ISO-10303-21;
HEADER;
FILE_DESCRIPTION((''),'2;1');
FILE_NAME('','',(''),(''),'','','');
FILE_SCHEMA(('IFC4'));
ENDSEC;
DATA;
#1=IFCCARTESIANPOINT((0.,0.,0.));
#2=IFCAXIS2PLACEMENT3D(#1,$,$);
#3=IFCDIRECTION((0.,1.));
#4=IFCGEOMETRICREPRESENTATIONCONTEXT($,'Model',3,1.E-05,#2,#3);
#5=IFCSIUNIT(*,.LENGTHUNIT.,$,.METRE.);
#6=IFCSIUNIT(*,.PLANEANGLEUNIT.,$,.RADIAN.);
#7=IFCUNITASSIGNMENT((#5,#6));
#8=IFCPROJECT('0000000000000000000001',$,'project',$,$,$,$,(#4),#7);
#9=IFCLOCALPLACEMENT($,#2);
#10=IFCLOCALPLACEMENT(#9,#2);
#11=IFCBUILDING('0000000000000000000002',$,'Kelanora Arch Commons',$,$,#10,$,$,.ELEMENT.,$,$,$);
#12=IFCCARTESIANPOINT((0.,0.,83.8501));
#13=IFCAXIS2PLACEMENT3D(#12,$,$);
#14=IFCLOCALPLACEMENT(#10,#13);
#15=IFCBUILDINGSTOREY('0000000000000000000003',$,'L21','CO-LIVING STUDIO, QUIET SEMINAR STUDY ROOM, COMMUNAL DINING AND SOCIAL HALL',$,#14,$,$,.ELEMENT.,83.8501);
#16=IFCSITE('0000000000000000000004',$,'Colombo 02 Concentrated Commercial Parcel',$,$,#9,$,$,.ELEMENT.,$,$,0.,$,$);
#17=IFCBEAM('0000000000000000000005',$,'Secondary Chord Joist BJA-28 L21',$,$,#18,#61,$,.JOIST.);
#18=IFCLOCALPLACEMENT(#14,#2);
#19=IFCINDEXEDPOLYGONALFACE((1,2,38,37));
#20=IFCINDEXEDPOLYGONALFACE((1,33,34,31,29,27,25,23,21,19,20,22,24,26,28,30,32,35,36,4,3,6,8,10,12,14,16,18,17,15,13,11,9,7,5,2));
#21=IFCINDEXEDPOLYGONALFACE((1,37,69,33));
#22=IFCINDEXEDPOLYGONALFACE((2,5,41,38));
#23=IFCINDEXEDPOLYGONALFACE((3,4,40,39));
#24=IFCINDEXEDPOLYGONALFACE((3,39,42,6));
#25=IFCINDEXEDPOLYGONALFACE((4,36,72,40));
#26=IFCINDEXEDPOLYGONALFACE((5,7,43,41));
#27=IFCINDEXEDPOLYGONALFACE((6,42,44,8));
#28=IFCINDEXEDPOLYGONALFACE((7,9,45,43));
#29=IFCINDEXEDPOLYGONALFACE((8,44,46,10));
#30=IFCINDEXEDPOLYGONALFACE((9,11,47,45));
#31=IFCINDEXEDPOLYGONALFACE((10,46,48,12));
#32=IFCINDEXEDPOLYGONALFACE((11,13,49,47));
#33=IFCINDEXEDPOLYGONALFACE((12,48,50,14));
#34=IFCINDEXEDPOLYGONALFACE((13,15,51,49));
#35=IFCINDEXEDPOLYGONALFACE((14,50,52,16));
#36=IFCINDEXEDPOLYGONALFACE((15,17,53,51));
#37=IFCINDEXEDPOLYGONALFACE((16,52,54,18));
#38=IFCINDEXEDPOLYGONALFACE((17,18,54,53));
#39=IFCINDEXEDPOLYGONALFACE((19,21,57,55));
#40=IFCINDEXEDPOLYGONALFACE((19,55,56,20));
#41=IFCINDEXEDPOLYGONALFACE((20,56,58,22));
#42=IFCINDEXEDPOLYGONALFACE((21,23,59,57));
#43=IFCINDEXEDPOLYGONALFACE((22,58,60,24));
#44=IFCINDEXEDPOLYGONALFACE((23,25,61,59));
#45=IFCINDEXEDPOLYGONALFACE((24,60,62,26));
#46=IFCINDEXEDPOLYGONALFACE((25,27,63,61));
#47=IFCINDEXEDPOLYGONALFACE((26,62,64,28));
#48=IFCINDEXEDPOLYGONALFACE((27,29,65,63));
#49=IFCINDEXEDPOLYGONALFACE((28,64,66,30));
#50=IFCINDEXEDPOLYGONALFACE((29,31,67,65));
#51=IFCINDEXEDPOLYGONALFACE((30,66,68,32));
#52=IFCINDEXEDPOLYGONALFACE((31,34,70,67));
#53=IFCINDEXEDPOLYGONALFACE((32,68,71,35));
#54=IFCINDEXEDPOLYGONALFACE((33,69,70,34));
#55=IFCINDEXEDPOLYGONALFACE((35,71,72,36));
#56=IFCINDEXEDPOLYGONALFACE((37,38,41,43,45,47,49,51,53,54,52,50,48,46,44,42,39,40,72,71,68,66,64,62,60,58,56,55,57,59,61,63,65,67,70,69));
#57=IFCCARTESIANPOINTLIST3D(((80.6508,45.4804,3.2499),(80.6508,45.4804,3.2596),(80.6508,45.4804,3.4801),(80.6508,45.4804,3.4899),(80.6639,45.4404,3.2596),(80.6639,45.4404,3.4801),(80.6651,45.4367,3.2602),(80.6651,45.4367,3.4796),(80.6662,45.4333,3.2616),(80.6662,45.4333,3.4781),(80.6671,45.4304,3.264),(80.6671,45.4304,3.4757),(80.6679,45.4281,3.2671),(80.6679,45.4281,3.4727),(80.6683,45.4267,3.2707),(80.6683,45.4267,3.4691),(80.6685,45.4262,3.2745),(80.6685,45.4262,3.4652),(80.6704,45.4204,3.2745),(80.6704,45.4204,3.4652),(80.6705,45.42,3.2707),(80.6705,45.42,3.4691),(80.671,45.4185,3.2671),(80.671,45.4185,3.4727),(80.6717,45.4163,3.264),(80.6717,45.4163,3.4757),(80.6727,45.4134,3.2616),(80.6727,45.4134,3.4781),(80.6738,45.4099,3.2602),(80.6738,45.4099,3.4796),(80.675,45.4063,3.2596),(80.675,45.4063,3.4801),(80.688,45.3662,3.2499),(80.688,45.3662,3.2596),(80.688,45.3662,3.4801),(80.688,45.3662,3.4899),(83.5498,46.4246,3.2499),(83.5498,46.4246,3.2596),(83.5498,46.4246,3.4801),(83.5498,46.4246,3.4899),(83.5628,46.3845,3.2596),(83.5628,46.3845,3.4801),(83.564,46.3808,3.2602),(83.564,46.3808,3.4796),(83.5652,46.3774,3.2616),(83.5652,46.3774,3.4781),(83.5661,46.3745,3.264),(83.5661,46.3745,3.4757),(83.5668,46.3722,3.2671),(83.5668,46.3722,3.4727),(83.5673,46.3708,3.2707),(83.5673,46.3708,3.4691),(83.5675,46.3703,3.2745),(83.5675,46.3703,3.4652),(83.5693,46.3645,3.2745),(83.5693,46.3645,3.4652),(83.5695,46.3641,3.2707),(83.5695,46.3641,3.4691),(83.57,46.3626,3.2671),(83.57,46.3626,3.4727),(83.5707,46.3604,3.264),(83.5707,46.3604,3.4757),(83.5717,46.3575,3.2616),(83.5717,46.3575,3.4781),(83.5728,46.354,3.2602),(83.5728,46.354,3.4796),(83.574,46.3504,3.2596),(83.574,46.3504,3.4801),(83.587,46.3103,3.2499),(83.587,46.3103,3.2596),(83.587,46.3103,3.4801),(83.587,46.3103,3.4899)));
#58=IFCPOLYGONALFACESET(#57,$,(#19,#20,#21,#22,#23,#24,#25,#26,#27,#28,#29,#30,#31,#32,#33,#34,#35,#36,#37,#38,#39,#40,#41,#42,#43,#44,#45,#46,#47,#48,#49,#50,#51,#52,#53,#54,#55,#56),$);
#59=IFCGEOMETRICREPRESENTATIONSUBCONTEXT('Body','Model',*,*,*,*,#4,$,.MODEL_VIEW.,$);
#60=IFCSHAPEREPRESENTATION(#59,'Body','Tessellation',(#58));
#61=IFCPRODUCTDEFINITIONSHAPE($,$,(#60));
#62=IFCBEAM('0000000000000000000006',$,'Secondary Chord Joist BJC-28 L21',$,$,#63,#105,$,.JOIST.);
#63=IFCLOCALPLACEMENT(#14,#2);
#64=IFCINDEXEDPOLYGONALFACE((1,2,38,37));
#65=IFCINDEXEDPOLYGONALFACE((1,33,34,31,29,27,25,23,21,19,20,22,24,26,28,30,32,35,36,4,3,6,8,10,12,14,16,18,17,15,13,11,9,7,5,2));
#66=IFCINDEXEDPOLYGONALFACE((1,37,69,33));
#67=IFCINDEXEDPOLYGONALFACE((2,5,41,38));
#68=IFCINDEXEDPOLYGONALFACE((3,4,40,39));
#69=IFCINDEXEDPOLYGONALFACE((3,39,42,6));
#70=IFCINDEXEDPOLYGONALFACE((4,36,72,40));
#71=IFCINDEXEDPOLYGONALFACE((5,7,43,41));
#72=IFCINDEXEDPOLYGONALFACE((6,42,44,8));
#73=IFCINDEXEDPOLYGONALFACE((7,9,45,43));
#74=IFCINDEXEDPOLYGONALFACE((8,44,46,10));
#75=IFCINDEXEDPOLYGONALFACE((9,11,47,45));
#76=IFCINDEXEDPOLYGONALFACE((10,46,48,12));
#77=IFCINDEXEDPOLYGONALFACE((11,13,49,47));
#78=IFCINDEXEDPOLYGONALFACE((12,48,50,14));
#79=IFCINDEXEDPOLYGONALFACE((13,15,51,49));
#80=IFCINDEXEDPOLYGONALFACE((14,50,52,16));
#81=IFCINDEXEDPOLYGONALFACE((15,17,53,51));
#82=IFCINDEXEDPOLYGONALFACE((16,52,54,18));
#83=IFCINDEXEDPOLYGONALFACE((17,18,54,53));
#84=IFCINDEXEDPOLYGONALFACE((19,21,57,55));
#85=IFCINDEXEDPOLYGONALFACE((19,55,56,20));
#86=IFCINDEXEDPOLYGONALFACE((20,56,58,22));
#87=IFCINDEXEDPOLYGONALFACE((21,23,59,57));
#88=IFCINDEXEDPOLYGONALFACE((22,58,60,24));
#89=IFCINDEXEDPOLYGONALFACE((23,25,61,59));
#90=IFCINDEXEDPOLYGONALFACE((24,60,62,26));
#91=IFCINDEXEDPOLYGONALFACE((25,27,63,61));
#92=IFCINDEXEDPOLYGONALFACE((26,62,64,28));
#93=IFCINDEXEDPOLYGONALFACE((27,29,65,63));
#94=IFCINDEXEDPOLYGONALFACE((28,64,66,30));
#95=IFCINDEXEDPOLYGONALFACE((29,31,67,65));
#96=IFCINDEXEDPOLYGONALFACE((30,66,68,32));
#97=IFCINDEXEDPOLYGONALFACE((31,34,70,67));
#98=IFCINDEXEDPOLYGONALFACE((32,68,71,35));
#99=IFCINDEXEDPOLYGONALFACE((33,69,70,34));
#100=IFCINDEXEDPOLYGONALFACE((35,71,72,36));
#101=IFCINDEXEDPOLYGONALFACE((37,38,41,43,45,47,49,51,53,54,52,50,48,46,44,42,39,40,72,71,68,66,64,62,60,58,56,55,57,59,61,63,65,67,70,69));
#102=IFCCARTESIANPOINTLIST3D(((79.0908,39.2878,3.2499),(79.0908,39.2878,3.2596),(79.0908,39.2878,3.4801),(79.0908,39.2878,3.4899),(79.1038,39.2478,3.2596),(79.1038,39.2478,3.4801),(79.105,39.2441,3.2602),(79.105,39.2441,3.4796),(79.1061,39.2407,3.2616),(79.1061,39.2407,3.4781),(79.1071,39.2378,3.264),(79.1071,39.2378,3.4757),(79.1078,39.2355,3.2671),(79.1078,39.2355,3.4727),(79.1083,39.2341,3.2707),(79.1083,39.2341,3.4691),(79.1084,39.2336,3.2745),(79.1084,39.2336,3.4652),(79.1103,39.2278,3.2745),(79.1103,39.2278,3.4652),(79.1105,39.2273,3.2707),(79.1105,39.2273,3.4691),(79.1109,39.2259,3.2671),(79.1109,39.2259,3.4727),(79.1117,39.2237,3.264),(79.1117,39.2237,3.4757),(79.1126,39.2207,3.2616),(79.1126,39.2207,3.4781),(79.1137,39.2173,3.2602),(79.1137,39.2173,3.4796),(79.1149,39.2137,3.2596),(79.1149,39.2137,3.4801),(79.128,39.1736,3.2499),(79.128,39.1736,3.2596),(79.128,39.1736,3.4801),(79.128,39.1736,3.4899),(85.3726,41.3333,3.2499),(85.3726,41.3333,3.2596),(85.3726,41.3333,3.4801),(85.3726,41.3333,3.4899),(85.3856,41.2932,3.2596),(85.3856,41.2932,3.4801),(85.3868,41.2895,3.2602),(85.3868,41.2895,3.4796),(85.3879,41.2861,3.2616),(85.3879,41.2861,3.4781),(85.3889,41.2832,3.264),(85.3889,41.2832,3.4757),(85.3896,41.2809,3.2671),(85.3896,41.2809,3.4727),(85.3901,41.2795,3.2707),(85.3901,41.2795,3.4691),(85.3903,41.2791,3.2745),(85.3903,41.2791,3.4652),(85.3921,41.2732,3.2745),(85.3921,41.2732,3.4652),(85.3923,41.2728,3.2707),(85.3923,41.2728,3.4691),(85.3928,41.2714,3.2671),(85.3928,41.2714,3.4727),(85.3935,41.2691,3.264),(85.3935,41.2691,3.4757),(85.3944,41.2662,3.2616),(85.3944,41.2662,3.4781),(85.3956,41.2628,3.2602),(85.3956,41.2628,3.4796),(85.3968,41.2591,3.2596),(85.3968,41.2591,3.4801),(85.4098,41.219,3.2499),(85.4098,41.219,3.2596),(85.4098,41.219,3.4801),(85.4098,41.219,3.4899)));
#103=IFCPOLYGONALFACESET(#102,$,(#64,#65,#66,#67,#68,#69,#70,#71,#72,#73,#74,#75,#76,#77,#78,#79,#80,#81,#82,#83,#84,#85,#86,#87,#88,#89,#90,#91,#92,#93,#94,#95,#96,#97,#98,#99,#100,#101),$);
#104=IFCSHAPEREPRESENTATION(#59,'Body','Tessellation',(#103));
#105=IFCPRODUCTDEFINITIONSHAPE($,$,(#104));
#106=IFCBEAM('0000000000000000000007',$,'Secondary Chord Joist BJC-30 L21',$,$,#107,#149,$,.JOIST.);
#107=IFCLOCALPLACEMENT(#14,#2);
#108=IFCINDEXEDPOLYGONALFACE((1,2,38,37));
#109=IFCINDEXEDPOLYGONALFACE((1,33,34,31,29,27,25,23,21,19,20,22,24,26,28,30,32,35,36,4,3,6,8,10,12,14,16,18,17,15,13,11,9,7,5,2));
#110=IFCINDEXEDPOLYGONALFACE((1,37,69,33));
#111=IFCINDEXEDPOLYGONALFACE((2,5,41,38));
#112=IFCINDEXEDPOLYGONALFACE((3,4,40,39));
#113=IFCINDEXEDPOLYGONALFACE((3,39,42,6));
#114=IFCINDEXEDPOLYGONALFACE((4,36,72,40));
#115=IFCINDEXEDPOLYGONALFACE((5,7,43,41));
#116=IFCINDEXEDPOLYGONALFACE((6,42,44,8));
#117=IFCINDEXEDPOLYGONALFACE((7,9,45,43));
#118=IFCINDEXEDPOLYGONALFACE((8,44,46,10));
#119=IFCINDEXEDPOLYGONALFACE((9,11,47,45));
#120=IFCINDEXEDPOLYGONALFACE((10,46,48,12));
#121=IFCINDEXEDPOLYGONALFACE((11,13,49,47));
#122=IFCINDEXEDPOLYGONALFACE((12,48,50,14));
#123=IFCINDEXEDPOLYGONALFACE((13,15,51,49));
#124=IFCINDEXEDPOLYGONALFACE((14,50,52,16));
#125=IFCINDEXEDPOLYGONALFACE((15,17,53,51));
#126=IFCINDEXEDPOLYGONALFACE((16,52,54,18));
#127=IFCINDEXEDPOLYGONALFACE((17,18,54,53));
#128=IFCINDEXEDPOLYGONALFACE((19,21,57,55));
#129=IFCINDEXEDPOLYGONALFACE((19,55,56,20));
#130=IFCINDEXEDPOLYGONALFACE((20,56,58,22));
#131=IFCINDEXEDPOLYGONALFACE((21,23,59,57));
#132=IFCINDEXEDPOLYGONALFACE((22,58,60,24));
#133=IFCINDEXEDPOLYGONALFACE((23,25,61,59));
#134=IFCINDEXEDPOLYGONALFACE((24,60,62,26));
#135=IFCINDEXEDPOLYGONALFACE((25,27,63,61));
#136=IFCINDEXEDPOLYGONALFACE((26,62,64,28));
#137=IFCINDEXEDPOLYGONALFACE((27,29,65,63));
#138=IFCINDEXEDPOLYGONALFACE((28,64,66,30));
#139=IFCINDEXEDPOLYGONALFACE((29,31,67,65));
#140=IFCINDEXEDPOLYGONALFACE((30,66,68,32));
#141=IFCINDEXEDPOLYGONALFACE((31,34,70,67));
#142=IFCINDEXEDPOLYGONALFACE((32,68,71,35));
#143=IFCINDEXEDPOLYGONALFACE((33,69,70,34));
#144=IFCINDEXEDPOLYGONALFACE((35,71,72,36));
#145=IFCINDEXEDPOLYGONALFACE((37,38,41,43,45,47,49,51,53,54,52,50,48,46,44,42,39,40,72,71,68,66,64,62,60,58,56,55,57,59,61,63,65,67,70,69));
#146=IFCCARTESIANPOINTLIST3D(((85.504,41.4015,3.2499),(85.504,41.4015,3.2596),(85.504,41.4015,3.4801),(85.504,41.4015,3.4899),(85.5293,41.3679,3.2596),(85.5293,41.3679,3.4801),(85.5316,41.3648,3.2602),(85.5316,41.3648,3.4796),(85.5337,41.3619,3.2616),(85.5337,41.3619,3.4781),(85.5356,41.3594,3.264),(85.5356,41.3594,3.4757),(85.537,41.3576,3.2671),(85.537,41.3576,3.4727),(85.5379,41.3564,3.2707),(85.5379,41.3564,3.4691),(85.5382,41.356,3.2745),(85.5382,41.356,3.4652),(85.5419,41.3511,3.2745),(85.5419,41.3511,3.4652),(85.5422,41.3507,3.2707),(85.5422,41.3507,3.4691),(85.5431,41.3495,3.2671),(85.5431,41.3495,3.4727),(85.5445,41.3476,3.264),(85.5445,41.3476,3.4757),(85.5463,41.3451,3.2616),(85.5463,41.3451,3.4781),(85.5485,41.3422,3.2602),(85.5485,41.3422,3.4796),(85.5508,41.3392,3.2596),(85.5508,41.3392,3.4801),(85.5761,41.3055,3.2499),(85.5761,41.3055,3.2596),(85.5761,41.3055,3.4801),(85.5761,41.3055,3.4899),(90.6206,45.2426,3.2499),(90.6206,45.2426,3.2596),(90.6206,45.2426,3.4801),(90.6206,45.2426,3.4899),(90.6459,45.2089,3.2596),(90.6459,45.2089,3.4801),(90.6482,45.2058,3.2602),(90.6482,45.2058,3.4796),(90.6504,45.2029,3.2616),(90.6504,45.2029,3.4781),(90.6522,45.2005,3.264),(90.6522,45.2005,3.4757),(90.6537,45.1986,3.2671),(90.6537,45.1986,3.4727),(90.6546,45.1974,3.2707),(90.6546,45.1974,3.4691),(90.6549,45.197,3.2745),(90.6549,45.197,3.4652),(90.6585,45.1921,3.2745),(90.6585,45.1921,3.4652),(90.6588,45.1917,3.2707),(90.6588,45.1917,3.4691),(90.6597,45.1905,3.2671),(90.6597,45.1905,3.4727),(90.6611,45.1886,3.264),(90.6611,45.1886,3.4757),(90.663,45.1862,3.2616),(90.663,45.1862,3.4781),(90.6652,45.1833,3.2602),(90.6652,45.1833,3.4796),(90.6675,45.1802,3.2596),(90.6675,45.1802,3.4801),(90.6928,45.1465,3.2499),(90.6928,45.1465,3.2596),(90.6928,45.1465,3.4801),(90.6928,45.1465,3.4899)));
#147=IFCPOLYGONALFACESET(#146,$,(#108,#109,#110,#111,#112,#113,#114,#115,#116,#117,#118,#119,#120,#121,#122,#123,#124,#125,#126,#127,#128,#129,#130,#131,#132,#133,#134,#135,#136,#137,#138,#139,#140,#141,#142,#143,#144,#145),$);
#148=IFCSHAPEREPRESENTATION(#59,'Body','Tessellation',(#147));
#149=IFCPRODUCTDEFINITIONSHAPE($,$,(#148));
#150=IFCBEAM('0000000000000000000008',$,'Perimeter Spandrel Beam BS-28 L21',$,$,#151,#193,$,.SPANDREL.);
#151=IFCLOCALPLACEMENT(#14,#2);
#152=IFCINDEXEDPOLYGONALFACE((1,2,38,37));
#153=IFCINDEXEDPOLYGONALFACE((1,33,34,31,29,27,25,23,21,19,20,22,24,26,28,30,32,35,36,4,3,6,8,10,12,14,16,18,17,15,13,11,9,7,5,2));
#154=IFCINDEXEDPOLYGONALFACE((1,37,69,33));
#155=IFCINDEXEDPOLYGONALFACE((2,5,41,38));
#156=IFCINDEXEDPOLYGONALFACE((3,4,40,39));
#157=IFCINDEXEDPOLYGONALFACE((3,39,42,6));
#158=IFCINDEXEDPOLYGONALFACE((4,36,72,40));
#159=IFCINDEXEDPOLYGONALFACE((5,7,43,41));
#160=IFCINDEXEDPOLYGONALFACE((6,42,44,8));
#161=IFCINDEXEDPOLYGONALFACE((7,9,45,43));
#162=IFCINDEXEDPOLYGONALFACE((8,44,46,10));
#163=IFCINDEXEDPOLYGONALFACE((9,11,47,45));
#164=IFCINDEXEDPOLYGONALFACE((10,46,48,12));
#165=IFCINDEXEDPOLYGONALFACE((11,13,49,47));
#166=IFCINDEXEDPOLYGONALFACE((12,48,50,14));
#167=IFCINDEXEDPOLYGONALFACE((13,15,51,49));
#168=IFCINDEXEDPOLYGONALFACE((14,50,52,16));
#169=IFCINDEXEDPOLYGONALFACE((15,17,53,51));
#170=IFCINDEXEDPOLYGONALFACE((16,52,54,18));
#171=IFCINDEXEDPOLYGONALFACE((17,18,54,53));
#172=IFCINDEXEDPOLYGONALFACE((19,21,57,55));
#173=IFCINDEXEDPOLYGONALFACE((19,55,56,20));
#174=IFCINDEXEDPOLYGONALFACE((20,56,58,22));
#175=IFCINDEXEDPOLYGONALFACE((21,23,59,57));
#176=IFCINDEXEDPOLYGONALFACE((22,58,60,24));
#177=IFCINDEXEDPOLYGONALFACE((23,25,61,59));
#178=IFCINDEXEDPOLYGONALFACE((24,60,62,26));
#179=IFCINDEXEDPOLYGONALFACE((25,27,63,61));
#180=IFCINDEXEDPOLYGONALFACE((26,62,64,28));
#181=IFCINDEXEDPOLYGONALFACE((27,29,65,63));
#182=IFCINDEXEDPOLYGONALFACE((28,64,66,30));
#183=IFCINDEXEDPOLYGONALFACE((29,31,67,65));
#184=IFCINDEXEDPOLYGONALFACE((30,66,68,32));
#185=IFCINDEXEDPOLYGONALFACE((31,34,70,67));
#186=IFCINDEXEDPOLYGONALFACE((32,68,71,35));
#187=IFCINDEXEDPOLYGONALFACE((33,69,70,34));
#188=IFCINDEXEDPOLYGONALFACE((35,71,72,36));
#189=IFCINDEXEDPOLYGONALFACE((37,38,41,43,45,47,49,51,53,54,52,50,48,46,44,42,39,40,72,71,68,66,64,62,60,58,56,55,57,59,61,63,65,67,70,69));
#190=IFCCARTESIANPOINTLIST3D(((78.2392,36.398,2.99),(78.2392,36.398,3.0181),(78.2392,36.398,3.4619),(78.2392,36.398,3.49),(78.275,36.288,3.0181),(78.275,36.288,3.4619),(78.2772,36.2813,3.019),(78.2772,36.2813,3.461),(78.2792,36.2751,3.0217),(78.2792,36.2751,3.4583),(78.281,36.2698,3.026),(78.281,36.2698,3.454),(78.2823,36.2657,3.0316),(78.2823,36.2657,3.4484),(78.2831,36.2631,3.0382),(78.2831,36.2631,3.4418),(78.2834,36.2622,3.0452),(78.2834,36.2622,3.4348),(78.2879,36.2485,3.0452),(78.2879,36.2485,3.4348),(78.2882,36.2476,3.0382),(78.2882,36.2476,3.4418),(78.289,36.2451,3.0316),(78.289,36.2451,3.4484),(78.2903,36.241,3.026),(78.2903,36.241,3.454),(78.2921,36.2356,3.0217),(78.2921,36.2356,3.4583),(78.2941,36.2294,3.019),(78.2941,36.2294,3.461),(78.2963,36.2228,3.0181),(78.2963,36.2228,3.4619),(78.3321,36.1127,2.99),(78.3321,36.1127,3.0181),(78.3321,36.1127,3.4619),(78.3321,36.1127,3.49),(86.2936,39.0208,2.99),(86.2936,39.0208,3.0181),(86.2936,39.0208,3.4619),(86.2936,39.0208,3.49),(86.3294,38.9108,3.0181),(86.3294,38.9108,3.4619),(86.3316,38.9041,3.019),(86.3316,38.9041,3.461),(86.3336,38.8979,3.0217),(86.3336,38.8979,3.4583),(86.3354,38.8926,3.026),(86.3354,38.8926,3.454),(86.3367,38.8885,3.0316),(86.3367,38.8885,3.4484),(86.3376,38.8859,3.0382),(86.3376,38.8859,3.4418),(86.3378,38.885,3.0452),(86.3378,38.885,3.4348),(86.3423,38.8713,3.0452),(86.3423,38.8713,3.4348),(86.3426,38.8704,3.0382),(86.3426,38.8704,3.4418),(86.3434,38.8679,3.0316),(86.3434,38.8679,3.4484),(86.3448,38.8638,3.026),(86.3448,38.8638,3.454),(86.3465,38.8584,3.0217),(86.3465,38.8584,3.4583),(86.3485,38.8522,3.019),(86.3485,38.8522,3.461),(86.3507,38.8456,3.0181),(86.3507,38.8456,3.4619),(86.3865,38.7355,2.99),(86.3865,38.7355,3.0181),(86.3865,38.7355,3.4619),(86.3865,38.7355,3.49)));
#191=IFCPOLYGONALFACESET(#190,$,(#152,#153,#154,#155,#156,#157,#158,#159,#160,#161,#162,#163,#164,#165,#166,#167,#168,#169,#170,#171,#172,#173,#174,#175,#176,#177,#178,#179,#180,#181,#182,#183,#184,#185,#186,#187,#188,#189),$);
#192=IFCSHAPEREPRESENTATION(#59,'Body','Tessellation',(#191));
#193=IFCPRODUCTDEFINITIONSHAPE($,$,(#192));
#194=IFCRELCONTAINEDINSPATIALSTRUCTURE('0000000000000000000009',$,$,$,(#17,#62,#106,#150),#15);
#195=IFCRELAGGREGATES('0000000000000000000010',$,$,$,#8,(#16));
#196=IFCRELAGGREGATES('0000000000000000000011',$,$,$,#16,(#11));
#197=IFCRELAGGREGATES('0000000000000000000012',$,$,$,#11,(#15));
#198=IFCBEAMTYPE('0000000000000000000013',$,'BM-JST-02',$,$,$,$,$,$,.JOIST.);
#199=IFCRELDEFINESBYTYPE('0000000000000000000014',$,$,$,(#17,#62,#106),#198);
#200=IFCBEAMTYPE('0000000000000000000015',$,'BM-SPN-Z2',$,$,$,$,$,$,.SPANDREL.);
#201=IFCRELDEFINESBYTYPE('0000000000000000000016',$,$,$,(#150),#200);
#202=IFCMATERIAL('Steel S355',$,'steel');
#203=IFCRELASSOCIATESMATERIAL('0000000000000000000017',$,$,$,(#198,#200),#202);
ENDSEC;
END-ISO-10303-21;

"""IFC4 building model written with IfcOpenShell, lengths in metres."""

from ifc_helpers import new_model, si_unit, direction, frame, origin, origin_2d, place, context, subcontext, project, spatial, i_section, extrude, material, material_profile, profile_set, type_object, element, save


model = new_model("IFC4")

# Units and contexts
model_context = context("Model", 3, precision=1e-05, world=origin(), true_north=direction((0.0, 1.0)))
body_context = subcontext(model_context, "Body", "Model", "MODEL_VIEW")
ifc_project = project(units=[si_unit("LENGTHUNIT", "METRE"), si_unit("PLANEANGLEUNIT", "RADIAN")], contexts=[model_context])

# Site, building, storey
site_placement = place(None, origin())
site = spatial("IfcSite", under=ifc_project, at=site_placement, Name="Colombo 02 Concentrated Commercial Parcel", CompositionType="ELEMENT", RefElevation=0.0)
building_placement = place(site_placement, origin())
building = spatial("IfcBuilding", under=site, at=building_placement, Name="Kelanora Arch Commons", CompositionType="ELEMENT")
storey_placement = place(building_placement, frame((0.0, 0.0, 83.8501)))
storey = spatial("IfcBuildingStorey", under=building, at=storey_placement, Name="L21", Description="CO-LIVING STUDIO, QUIET SEMINAR STUDY ROOM, COMMUNAL DINING AND SOCIAL HALL", CompositionType="ELEMENT", Elevation=83.8501)

# Beams
ifc_material_1 = material(Name="Steel S355", Category="steel")
ifc_material_profile_1 = material_profile(ifc_material_1, i_section(OverallWidth=0.1201, OverallDepth=0.24, WebThickness=0.0061, FlangeThickness=0.0098, FilletRadius=0.0149, at=origin_2d()), Name="IPE240")
ifc_profile_set_1 = profile_set([ifc_material_profile_1], Name="Steel S355")
beam_type_1 = type_object("IfcBeamType", Name="BM-JST-02", PredefinedType="JOIST", material=ifc_profile_set_1)
beam_1_placement = place(storey_placement, frame((80.6694, 45.4233, 3.3699), z_axis=(0.950847, 0.309662, 0.0), x_axis=(-0.309662, 0.950847, 0.0)))
element("IfcBeam", 1, at=beam_1_placement, inside=storey, type_object=beam_type_1, Name="Secondary Chord Joist BJA-28 L21", PredefinedType="JOIST", context=body_context, shape_type="SweptSolid", body=[
    extrude(i_section(OverallWidth=0.1201, OverallDepth=0.24, WebThickness=0.0061, FlangeThickness=0.0098, FilletRadius=0.0149, at=origin_2d()), origin(), (0.0, 0.0, 1.0), 3.0488),
])
beam_2_placement = place(storey_placement, frame((79.1094, 39.2307, 3.3699), z_axis=(0.950863, 0.309612, 0.0), x_axis=(-0.309612, 0.950863, 0.0)))
element("IfcBeam", 2, at=beam_2_placement, inside=storey, type_object=beam_type_1, Name="Secondary Chord Joist BJC-28 L21", PredefinedType="JOIST", context=body_context, shape_type="SweptSolid", body=[
    extrude(i_section(OverallWidth=0.1201, OverallDepth=0.24, WebThickness=0.0061, FlangeThickness=0.0098, FilletRadius=0.0149, at=origin_2d()), origin(), (0.0, 0.0, 1.0), 6.6064),
])
beam_3_placement = place(storey_placement, frame((85.54, 41.3535, 3.3699), z_axis=(0.799734, 0.600354, 0.0), x_axis=(-0.600354, 0.799734, 0.0)))
element("IfcBeam", 3, at=beam_3_placement, inside=storey, type_object=beam_type_1, Name="Secondary Chord Joist BJC-30 L21", PredefinedType="JOIST", context=body_context, shape_type="SweptSolid", body=[
    extrude(i_section(OverallWidth=0.1201, OverallDepth=0.24, WebThickness=0.0061, FlangeThickness=0.0098, FilletRadius=0.0149, at=origin_2d()), origin(), (0.0, 0.0, 1.0), 6.3979),
])
ifc_material_profile_2 = material_profile(ifc_material_1, i_section(OverallWidth=0.3, OverallDepth=0.5, WebThickness=0.0144, FlangeThickness=0.0281, FilletRadius=0.0271, at=origin_2d()), Name="HEB500")
ifc_profile_set_2 = profile_set([ifc_material_profile_2], Name="Steel S355")
beam_type_2 = type_object("IfcBeamType", Name="BM-SPN-Z2", PredefinedType="SPANDREL", material=ifc_profile_set_2)
beam_4_placement = place(storey_placement, frame((78.2856, 36.2554, 3.24), z_axis=(0.950857, 0.309631, 0.0), x_axis=(-0.309631, 0.950857, 0.0)))
element("IfcBeam", 4, at=beam_4_placement, inside=storey, type_object=beam_type_2, Name="Perimeter Spandrel Beam BS-28 L21", PredefinedType="SPANDREL", context=body_context, shape_type="SweptSolid", body=[
    extrude(i_section(OverallWidth=0.3, OverallDepth=0.5, WebThickness=0.0144, FlangeThickness=0.0281, FilletRadius=0.0271, at=origin_2d()), origin(), (0.0, 0.0, 1.0), 8.4707),
])

save(model, "model.ifc")
